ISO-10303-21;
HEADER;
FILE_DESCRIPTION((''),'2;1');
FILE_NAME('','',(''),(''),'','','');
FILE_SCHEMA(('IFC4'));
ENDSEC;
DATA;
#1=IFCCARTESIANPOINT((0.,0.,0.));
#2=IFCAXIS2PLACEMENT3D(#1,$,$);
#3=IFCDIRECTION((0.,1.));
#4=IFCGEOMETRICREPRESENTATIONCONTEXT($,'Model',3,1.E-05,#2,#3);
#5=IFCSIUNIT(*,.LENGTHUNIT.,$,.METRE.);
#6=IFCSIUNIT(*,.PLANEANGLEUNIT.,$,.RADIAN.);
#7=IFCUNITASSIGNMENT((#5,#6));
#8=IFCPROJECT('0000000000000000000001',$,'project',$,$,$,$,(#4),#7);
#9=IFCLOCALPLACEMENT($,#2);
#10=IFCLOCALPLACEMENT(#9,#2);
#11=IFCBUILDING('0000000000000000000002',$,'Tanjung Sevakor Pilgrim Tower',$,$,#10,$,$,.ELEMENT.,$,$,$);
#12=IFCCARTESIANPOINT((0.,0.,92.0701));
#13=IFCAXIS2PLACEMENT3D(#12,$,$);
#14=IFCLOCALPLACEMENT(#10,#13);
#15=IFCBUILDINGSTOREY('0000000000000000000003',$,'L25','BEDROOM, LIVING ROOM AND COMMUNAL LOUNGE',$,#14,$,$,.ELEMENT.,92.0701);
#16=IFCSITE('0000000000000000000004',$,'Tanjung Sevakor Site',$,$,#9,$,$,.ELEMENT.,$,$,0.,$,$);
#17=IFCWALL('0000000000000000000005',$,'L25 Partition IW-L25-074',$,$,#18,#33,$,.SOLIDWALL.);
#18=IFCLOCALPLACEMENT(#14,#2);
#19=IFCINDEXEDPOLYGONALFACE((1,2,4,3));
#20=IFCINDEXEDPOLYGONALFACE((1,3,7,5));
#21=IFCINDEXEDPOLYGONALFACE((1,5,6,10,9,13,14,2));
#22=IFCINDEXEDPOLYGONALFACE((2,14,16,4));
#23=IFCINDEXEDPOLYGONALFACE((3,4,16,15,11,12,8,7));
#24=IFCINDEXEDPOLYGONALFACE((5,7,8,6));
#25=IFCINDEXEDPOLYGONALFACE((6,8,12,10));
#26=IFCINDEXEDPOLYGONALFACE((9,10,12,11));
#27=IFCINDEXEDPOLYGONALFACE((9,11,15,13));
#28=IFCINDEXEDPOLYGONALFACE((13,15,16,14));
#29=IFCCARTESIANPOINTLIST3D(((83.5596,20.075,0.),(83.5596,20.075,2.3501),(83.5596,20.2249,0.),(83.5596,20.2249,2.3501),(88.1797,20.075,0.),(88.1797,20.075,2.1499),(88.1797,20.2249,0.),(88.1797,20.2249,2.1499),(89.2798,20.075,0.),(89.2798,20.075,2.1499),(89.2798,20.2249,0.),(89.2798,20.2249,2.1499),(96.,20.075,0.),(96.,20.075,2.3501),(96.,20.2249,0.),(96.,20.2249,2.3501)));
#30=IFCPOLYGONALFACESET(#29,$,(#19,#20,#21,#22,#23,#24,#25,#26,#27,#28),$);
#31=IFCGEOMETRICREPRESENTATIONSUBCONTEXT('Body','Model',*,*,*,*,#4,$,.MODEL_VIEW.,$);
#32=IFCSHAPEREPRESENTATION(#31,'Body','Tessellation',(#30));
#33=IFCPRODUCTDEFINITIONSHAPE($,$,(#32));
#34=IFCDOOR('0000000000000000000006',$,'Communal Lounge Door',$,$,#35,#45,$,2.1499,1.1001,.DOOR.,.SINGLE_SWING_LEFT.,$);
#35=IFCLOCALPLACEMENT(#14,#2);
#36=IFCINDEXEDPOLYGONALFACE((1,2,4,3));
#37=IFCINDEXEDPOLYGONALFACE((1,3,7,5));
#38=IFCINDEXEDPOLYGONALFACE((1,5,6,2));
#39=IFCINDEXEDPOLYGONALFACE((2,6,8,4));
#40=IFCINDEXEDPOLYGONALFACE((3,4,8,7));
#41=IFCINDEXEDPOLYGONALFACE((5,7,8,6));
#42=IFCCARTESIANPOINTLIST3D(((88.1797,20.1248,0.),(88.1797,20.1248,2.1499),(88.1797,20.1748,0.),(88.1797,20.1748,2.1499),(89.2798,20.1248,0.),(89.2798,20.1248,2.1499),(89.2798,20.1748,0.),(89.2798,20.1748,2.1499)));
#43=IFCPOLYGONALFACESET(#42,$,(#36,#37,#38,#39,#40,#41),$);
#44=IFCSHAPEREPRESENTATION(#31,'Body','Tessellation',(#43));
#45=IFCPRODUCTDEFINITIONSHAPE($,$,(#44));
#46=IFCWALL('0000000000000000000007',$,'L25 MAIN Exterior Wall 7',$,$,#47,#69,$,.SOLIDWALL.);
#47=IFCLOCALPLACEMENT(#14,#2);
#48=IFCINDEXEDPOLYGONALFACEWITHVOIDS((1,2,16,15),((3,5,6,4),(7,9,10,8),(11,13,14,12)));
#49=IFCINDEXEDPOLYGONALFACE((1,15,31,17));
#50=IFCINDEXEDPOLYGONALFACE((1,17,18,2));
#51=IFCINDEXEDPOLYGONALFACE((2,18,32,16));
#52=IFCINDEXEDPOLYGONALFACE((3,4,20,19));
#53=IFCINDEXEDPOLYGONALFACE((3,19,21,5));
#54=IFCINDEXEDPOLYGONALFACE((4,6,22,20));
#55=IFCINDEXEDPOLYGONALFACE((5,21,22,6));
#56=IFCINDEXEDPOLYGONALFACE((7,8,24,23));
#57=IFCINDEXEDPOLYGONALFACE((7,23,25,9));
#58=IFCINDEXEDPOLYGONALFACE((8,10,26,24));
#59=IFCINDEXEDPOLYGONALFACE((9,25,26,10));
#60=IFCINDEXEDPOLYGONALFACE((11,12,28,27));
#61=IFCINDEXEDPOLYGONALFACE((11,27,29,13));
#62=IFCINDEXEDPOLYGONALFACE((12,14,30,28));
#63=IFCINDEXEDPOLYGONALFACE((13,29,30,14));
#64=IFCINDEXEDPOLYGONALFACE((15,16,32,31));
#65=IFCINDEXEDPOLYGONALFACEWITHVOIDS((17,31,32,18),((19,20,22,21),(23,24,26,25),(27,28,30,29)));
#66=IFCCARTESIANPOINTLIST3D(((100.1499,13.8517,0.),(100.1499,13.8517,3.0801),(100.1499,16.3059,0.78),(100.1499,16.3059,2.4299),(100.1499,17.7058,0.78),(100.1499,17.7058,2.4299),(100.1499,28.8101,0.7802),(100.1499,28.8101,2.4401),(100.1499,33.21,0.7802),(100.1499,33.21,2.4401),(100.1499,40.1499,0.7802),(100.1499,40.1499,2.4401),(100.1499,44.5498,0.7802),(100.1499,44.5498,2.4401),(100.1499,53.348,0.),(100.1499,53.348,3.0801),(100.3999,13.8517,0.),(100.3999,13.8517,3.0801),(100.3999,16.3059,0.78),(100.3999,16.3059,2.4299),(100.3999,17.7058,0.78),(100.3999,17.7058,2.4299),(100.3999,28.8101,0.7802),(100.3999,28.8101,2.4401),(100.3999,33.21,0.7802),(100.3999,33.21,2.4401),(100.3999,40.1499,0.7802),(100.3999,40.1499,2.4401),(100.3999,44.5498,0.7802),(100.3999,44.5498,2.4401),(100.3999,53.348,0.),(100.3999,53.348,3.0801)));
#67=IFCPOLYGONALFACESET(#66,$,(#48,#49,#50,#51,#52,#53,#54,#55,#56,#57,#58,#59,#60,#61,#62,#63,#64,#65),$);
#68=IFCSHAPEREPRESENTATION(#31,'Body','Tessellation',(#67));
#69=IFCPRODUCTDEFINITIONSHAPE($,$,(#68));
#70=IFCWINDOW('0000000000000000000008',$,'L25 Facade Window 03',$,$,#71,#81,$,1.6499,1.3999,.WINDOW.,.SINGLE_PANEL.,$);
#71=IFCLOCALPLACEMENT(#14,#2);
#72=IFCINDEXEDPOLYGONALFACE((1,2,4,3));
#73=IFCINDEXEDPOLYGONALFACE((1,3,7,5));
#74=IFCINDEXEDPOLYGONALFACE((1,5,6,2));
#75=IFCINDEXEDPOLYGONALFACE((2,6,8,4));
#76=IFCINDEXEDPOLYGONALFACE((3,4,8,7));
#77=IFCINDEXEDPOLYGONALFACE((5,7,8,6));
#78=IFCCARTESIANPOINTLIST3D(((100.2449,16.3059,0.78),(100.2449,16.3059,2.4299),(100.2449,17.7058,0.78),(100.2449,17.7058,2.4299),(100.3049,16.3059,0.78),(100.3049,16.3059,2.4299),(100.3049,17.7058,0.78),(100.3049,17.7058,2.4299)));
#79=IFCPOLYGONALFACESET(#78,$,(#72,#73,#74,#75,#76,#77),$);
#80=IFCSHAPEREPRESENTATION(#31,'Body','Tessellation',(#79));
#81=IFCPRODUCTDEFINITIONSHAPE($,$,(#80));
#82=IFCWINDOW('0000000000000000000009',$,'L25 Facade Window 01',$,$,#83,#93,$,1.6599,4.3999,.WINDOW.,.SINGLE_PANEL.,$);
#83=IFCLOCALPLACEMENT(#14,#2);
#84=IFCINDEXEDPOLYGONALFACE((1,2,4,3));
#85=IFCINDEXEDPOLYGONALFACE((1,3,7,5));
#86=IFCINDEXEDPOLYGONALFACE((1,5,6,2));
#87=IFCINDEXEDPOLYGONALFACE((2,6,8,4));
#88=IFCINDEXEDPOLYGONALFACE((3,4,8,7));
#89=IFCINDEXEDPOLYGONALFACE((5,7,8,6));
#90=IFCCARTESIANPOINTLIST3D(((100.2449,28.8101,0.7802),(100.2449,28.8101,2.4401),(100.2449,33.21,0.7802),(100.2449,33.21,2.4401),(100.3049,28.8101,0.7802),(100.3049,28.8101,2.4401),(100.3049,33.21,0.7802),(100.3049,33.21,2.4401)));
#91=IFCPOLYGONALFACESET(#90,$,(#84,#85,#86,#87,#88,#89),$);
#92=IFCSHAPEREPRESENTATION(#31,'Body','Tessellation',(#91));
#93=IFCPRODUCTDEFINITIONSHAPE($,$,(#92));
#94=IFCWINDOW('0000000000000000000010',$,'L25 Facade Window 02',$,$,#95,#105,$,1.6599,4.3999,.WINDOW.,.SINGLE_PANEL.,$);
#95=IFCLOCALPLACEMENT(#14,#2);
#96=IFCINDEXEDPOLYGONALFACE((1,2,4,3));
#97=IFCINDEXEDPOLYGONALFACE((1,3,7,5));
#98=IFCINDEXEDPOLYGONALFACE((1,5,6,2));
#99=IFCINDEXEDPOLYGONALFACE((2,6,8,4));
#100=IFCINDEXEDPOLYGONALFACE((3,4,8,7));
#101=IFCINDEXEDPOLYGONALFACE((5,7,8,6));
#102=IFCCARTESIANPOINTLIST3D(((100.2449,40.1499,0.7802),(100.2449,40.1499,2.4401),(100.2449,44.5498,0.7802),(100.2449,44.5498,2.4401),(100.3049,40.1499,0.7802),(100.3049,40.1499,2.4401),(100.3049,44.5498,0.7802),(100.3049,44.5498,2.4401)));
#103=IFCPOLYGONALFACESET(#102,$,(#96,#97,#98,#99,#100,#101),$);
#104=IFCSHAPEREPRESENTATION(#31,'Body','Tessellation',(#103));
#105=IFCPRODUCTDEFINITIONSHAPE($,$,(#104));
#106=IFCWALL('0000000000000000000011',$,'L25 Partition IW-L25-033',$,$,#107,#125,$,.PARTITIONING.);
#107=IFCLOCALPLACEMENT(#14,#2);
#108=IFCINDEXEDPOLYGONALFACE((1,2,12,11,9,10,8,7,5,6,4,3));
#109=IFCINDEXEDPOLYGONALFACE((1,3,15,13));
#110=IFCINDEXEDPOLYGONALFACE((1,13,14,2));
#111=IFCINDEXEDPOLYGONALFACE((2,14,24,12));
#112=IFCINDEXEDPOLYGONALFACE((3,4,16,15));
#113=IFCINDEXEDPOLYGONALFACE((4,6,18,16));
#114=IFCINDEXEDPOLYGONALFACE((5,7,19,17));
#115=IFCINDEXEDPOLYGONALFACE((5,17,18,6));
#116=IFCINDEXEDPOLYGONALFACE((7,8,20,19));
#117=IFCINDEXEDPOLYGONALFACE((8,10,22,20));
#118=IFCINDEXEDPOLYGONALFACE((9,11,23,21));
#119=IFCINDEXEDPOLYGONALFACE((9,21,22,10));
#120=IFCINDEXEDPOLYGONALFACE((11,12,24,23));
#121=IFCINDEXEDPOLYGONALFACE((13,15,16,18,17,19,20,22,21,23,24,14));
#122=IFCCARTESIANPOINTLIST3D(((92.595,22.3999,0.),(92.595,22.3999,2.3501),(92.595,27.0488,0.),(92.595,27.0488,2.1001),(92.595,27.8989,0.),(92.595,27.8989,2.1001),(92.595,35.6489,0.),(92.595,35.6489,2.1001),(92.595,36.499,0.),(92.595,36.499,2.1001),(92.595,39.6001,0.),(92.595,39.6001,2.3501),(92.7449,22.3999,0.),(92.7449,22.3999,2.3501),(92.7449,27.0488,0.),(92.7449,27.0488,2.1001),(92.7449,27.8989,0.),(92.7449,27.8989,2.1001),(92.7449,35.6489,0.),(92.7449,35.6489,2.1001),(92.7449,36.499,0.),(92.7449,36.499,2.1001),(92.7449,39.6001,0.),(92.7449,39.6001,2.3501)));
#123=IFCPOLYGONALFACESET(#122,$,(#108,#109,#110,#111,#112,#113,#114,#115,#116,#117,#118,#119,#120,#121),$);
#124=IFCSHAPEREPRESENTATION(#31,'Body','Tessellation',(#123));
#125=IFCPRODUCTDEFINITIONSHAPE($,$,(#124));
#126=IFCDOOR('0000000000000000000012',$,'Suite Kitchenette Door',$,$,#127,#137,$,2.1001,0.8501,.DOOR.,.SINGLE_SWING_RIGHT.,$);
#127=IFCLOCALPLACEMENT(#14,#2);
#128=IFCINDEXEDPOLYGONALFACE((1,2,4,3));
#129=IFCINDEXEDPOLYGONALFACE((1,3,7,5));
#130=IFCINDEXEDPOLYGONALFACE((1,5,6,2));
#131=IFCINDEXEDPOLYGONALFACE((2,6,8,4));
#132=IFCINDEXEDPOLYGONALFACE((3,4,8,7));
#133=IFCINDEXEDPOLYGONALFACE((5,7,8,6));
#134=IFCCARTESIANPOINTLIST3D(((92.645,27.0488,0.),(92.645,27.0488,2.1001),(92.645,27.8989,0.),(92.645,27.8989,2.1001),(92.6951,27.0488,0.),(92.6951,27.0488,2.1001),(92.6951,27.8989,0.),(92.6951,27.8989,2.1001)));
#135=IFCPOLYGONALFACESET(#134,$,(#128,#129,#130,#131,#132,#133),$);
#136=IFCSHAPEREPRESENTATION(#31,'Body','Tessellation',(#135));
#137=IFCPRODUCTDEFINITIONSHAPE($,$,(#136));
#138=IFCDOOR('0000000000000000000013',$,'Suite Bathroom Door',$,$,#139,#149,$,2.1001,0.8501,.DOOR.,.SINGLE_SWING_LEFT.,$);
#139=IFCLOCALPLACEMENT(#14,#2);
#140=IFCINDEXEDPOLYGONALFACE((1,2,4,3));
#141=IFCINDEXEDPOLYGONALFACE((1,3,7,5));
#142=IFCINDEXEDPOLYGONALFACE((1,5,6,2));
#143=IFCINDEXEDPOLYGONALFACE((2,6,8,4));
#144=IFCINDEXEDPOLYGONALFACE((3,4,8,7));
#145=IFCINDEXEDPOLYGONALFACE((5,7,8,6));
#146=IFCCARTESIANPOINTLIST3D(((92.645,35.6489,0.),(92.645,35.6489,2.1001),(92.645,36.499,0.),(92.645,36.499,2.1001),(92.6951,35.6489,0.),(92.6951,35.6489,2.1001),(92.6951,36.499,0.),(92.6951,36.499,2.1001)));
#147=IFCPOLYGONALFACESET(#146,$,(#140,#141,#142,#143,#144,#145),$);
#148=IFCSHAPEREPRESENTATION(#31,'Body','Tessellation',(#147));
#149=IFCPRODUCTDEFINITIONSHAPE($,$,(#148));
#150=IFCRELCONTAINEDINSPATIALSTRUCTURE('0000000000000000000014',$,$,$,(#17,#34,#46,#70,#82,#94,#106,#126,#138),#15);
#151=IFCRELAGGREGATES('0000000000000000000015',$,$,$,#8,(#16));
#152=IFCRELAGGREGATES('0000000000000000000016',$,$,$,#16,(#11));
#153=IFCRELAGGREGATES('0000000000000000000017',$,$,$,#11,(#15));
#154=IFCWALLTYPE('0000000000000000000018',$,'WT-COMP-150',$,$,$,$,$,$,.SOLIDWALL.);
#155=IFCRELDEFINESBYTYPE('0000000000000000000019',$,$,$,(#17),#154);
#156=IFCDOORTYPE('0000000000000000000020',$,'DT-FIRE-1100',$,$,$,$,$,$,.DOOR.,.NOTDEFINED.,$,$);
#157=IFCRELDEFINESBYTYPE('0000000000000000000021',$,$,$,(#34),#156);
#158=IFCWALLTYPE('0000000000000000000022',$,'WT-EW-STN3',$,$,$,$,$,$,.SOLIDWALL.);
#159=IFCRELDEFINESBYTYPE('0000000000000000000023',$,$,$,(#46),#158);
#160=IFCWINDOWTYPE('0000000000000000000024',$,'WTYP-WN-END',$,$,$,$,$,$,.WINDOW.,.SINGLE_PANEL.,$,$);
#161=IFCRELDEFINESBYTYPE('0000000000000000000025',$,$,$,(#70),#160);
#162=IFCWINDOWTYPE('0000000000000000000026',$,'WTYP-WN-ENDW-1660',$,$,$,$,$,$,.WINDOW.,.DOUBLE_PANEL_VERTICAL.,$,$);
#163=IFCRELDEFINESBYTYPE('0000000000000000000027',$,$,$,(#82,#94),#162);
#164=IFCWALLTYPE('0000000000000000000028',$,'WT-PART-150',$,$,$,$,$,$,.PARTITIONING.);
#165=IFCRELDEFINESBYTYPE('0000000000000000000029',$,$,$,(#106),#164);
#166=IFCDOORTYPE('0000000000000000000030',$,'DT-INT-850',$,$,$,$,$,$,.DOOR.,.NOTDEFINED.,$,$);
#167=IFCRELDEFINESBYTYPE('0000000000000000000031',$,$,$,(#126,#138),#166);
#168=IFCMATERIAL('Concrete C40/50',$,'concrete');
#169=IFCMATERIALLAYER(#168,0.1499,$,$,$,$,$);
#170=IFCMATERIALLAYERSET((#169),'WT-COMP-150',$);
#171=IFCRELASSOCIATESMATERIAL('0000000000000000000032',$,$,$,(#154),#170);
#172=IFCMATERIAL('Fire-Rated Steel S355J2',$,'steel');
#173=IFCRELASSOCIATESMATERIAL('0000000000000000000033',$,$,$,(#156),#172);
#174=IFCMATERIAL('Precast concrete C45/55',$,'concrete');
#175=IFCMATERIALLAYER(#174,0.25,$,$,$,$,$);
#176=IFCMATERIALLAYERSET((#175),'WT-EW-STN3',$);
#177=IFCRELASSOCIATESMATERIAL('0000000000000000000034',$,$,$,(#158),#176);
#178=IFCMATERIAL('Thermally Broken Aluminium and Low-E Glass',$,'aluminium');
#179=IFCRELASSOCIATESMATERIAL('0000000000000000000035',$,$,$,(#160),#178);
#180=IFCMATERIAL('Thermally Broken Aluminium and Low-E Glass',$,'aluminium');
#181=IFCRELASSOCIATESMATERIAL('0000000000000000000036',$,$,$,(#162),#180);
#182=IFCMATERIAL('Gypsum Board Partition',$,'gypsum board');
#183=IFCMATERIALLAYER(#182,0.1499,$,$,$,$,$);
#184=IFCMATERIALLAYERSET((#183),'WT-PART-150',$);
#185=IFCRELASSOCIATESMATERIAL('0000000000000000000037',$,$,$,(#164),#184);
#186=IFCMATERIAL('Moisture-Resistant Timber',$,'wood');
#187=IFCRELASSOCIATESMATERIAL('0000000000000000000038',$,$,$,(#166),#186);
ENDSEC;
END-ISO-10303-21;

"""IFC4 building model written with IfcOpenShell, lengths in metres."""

from ifc_helpers import new_model, si_unit, direction, frame, frame_2d, origin, place, context, subcontext, project, spatial, rectangle, extrude, material, layer, layer_set, type_object, element, fill, save


model = new_model("IFC4")

# Units and contexts
model_context = context("Model", 3, precision=1e-05, world=origin(), true_north=direction((0.0, 1.0)))
body_context = subcontext(model_context, "Body", "Model", "MODEL_VIEW")
ifc_project = project(units=[si_unit("LENGTHUNIT", "METRE"), si_unit("PLANEANGLEUNIT", "RADIAN")], contexts=[model_context])

# Site, building, storey
site_placement = place(None, origin())
site = spatial("IfcSite", under=ifc_project, at=site_placement, Name="Tanjung Sevakor Site", CompositionType="ELEMENT", RefElevation=0.0)
building_placement = place(site_placement, origin())
building = spatial("IfcBuilding", under=site, at=building_placement, Name="Tanjung Sevakor Pilgrim Tower", CompositionType="ELEMENT")
storey_placement = place(building_placement, frame((0.0, 0.0, 92.0701)))
storey = spatial("IfcBuildingStorey", under=building, at=storey_placement, Name="L25", Description="BEDROOM, LIVING ROOM AND COMMUNAL LOUNGE", CompositionType="ELEMENT", Elevation=92.0701)

# Shared definitions
ifc_material_1 = material(Name="Concrete C40/50", Category="concrete")
ifc_layer_1 = layer(ifc_material_1, 0.1499)
ifc_layer_set_1 = layer_set([ifc_layer_1], Name="WT-COMP-150")
wall_type_1 = type_object("IfcWallType", Name="WT-COMP-150", PredefinedType="SOLIDWALL", material=ifc_layer_set_1)

# Wall, opening, door
wall_1_placement = place(storey_placement, frame((83.5596, 20.1499, 0.0), z_axis=(0.0, 0.0, 1.0), x_axis=(1.0, 0.0, 0.0)))
wall_1 = element("IfcWall", 1, at=wall_1_placement, inside=storey, type_object=wall_type_1, Name="L25 Partition IW-L25-074", PredefinedType="SOLIDWALL", context=body_context, shape_type="SweptSolid", body=[
    extrude(rectangle(XDim=12.4404, YDim=0.1499, at=frame_2d((6.2202, 0.0))), origin(), (0.0, 0.0, 1.0), 2.3501),
])
opening_1_placement = place(wall_1_placement, frame((4.6201, 0.0, 0.0)))
opening_1 = element("IfcOpeningElement", 2, at=opening_1_placement, cuts=wall_1, PredefinedType="OPENING", context=body_context, shape_type="SweptSolid", body=[
    extrude(rectangle(XDim=1.1001, YDim=2.1499, at=frame_2d((0.55, 1.075))), frame((0.0, 0.085, 0.0), z_axis=(0.0, -1.0, 0.0), x_axis=(1.0, 0.0, 0.0)), (0.0, 0.0, 1.0), 0.1699),
])
ifc_material_2 = material(Name="Fire-Rated Steel S355J2", Category="steel")
door_type_1 = type_object("IfcDoorType", Name="DT-FIRE-1100", OperationType="NOTDEFINED", PredefinedType="DOOR", material=ifc_material_2)
door_1_placement = place(opening_1_placement, origin())
door_1 = element("IfcDoor", 3, at=door_1_placement, inside=storey, type_object=door_type_1, Name="Communal Lounge Door", OperationType="SINGLE_SWING_LEFT", OverallHeight=2.1499, OverallWidth=1.1001, PredefinedType="DOOR", context=body_context, shape_type="SweptSolid", body=[
    extrude(rectangle(XDim=1.1001, YDim=2.1499, at=frame_2d((0.55, 1.075))), frame((0.0, 0.0249, 0.0), z_axis=(0.0, -1.0, 0.0), x_axis=(1.0, 0.0, 0.0)), (0.0, 0.0, 1.0), 0.05),
])
fill(opening_1, door_1)

# Wall, openings, windows
ifc_material_3 = material(Name="Precast concrete C45/55", Category="concrete")
ifc_layer_2 = layer(ifc_material_3, 0.25)
ifc_layer_set_2 = layer_set([ifc_layer_2], Name="WT-EW-STN3")
wall_type_2 = type_object("IfcWallType", Name="WT-EW-STN3", PredefinedType="SOLIDWALL", material=ifc_layer_set_2)
wall_2_placement = place(storey_placement, frame((100.2749, 13.8518, 0.0), z_axis=(0.0, 0.0, 1.0), x_axis=(0.0, 1.0, 0.0)))
wall_2 = element("IfcWall", 4, at=wall_2_placement, inside=storey, type_object=wall_type_2, Name="L25 MAIN Exterior Wall 7", PredefinedType="SOLIDWALL", context=body_context, shape_type="SweptSolid", body=[
    extrude(rectangle(XDim=39.4963, YDim=0.25, at=frame_2d((19.748, 0.0))), origin(), (0.0, 0.0, 1.0), 3.0801),
])
opening_2_placement = place(wall_2_placement, frame((14.9583, 0.0, 0.78)))
opening_2 = element("IfcOpeningElement", 5, at=opening_2_placement, cuts=wall_2, PredefinedType="OPENING", context=body_context, shape_type="SweptSolid", body=[
    extrude(rectangle(XDim=4.3999, YDim=1.6599, at=frame_2d((2.2, 0.8301))), frame((0.0, 0.135, 0.0), z_axis=(0.0, -1.0, 0.0), x_axis=(1.0, 0.0, 0.0)), (0.0, 0.0, 1.0), 0.27),
])
opening_3_placement = place(wall_2_placement, frame((26.2981, 0.0, 0.78)))
opening_3 = element("IfcOpeningElement", 6, at=opening_3_placement, cuts=wall_2, PredefinedType="OPENING", context=body_context, shape_type="SweptSolid", body=[
    extrude(rectangle(XDim=4.3999, YDim=1.6599, at=frame_2d((2.2, 0.8301))), frame((0.0, 0.135, 0.0), z_axis=(0.0, -1.0, 0.0), x_axis=(1.0, 0.0, 0.0)), (0.0, 0.0, 1.0), 0.27),
])
opening_4_placement = place(wall_2_placement, frame((2.4541, 0.0, 0.78)))
opening_4 = element("IfcOpeningElement", 7, at=opening_4_placement, cuts=wall_2, PredefinedType="OPENING", context=body_context, shape_type="SweptSolid", body=[
    extrude(rectangle(XDim=1.3999, YDim=1.6499, at=frame_2d((0.7, 0.825))), frame((0.0, 0.135, 0.0), z_axis=(0.0, -1.0, 0.0), x_axis=(1.0, 0.0, 0.0)), (0.0, 0.0, 1.0), 0.27),
])
ifc_material_4 = material(Name="Thermally Broken Aluminium and Low-E Glass", Category="aluminium")
window_type_1 = type_object("IfcWindowType", Name="WTYP-WN-END", PartitioningType="SINGLE_PANEL", PredefinedType="WINDOW", material=ifc_material_4)
window_1_placement = place(opening_4_placement, origin())
window_1 = element("IfcWindow", 8, at=window_1_placement, inside=storey, type_object=window_type_1, Name="L25 Facade Window 03", OverallHeight=1.6499, OverallWidth=1.3999, PartitioningType="SINGLE_PANEL", PredefinedType="WINDOW", context=body_context, shape_type="SweptSolid", body=[
    extrude(rectangle(XDim=1.3999, YDim=1.6499, at=frame_2d((0.7, 0.825))), frame((0.0, 0.03, 0.0), z_axis=(0.0, -1.0, 0.0), x_axis=(1.0, 0.0, 0.0)), (0.0, 0.0, 1.0), 0.0601),
])
fill(opening_4, window_1)
ifc_material_5 = material(Name="Thermally Broken Aluminium and Low-E Glass", Category="aluminium")
window_type_2 = type_object("IfcWindowType", Name="WTYP-WN-ENDW-1660", PartitioningType="DOUBLE_PANEL_VERTICAL", PredefinedType="WINDOW", material=ifc_material_5)
window_2_placement = place(opening_2_placement, origin())
window_2 = element("IfcWindow", 9, at=window_2_placement, inside=storey, type_object=window_type_2, Name="L25 Facade Window 01", OverallHeight=1.6599, OverallWidth=4.3999, PartitioningType="SINGLE_PANEL", PredefinedType="WINDOW", context=body_context, shape_type="SweptSolid", body=[
    extrude(rectangle(XDim=4.3999, YDim=1.6599, at=frame_2d((2.2, 0.8301))), frame((0.0, 0.03, 0.0), z_axis=(0.0, -1.0, 0.0), x_axis=(1.0, 0.0, 0.0)), (0.0, 0.0, 1.0), 0.0601),
])
fill(opening_2, window_2)
window_3_placement = place(opening_3_placement, origin())
window_3 = element("IfcWindow", 10, at=window_3_placement, inside=storey, type_object=window_type_2, Name="L25 Facade Window 02", OverallHeight=1.6599, OverallWidth=4.3999, PartitioningType="SINGLE_PANEL", PredefinedType="WINDOW", context=body_context, shape_type="SweptSolid", body=[
    extrude(rectangle(XDim=4.3999, YDim=1.6599, at=frame_2d((2.2, 0.8301))), frame((0.0, 0.03, 0.0), z_axis=(0.0, -1.0, 0.0), x_axis=(1.0, 0.0, 0.0)), (0.0, 0.0, 1.0), 0.0601),
])
fill(opening_3, window_3)

# Wall, openings, doors
ifc_material_6 = material(Name="Gypsum Board Partition", Category="gypsum board")
ifc_layer_3 = layer(ifc_material_6, 0.1499)
ifc_layer_set_3 = layer_set([ifc_layer_3], Name="WT-PART-150")
wall_type_3 = type_object("IfcWallType", Name="WT-PART-150", PredefinedType="PARTITIONING", material=ifc_layer_set_3)
wall_3_placement = place(storey_placement, frame((92.6699, 22.3999, 0.0), z_axis=(0.0, 0.0, 1.0), x_axis=(0.0, 1.0, 0.0)))
wall_3 = element("IfcWall", 11, at=wall_3_placement, inside=storey, type_object=wall_type_3, Name="L25 Partition IW-L25-033", PredefinedType="PARTITIONING", context=body_context, shape_type="SweptSolid", body=[
    extrude(rectangle(XDim=17.2002, YDim=0.1499, at=frame_2d((8.6001, 0.0))), origin(), (0.0, 0.0, 1.0), 2.3501),
])
opening_5_placement = place(wall_3_placement, frame((4.6489, 0.0, 0.0)))
opening_5 = element("IfcOpeningElement", 12, at=opening_5_placement, cuts=wall_3, PredefinedType="OPENING", context=body_context, shape_type="SweptSolid", body=[
    extrude(rectangle(XDim=0.8501, YDim=2.1001, at=frame_2d((0.425, 1.05))), frame((0.0, 0.085, 0.0), z_axis=(0.0, -1.0, 0.0), x_axis=(1.0, 0.0, 0.0)), (0.0, 0.0, 1.0), 0.1699),
])
opening_6_placement = place(wall_3_placement, frame((13.249, 0.0, 0.0)))
opening_6 = element("IfcOpeningElement", 13, at=opening_6_placement, cuts=wall_3, PredefinedType="OPENING", context=body_context, shape_type="SweptSolid", body=[
    extrude(rectangle(XDim=0.8501, YDim=2.1001, at=frame_2d((0.425, 1.05))), frame((0.0, 0.085, 0.0), z_axis=(0.0, -1.0, 0.0), x_axis=(1.0, 0.0, 0.0)), (0.0, 0.0, 1.0), 0.1699),
])
ifc_material_7 = material(Name="Moisture-Resistant Timber", Category="wood")
door_type_2 = type_object("IfcDoorType", Name="DT-INT-850", OperationType="NOTDEFINED", PredefinedType="DOOR", material=ifc_material_7)
door_2_placement = place(opening_5_placement, origin())
door_2 = element("IfcDoor", 14, at=door_2_placement, inside=storey, type_object=door_type_2, Name="Suite Kitchenette Door", OperationType="SINGLE_SWING_RIGHT", OverallHeight=2.1001, OverallWidth=0.8501, PredefinedType="DOOR", context=body_context, shape_type="SweptSolid", body=[
    extrude(rectangle(XDim=0.8501, YDim=2.1001, at=frame_2d((0.425, 1.05))), frame((0.0, 0.0249, 0.0), z_axis=(0.0, -1.0, 0.0), x_axis=(1.0, 0.0, 0.0)), (0.0, 0.0, 1.0), 0.05),
])
fill(opening_5, door_2)
door_3_placement = place(opening_6_placement, origin())
door_3 = element("IfcDoor", 15, at=door_3_placement, inside=storey, type_object=door_type_2, Name="Suite Bathroom Door", OperationType="SINGLE_SWING_LEFT", OverallHeight=2.1001, OverallWidth=0.8501, PredefinedType="DOOR", context=body_context, shape_type="SweptSolid", body=[
    extrude(rectangle(XDim=0.8501, YDim=2.1001, at=frame_2d((0.425, 1.05))), frame((0.0, 0.0249, 0.0), z_axis=(0.0, -1.0, 0.0), x_axis=(1.0, 0.0, 0.0)), (0.0, 0.0, 1.0), 0.05),
])
fill(opening_6, door_3)

save(model, "model.ifc")
